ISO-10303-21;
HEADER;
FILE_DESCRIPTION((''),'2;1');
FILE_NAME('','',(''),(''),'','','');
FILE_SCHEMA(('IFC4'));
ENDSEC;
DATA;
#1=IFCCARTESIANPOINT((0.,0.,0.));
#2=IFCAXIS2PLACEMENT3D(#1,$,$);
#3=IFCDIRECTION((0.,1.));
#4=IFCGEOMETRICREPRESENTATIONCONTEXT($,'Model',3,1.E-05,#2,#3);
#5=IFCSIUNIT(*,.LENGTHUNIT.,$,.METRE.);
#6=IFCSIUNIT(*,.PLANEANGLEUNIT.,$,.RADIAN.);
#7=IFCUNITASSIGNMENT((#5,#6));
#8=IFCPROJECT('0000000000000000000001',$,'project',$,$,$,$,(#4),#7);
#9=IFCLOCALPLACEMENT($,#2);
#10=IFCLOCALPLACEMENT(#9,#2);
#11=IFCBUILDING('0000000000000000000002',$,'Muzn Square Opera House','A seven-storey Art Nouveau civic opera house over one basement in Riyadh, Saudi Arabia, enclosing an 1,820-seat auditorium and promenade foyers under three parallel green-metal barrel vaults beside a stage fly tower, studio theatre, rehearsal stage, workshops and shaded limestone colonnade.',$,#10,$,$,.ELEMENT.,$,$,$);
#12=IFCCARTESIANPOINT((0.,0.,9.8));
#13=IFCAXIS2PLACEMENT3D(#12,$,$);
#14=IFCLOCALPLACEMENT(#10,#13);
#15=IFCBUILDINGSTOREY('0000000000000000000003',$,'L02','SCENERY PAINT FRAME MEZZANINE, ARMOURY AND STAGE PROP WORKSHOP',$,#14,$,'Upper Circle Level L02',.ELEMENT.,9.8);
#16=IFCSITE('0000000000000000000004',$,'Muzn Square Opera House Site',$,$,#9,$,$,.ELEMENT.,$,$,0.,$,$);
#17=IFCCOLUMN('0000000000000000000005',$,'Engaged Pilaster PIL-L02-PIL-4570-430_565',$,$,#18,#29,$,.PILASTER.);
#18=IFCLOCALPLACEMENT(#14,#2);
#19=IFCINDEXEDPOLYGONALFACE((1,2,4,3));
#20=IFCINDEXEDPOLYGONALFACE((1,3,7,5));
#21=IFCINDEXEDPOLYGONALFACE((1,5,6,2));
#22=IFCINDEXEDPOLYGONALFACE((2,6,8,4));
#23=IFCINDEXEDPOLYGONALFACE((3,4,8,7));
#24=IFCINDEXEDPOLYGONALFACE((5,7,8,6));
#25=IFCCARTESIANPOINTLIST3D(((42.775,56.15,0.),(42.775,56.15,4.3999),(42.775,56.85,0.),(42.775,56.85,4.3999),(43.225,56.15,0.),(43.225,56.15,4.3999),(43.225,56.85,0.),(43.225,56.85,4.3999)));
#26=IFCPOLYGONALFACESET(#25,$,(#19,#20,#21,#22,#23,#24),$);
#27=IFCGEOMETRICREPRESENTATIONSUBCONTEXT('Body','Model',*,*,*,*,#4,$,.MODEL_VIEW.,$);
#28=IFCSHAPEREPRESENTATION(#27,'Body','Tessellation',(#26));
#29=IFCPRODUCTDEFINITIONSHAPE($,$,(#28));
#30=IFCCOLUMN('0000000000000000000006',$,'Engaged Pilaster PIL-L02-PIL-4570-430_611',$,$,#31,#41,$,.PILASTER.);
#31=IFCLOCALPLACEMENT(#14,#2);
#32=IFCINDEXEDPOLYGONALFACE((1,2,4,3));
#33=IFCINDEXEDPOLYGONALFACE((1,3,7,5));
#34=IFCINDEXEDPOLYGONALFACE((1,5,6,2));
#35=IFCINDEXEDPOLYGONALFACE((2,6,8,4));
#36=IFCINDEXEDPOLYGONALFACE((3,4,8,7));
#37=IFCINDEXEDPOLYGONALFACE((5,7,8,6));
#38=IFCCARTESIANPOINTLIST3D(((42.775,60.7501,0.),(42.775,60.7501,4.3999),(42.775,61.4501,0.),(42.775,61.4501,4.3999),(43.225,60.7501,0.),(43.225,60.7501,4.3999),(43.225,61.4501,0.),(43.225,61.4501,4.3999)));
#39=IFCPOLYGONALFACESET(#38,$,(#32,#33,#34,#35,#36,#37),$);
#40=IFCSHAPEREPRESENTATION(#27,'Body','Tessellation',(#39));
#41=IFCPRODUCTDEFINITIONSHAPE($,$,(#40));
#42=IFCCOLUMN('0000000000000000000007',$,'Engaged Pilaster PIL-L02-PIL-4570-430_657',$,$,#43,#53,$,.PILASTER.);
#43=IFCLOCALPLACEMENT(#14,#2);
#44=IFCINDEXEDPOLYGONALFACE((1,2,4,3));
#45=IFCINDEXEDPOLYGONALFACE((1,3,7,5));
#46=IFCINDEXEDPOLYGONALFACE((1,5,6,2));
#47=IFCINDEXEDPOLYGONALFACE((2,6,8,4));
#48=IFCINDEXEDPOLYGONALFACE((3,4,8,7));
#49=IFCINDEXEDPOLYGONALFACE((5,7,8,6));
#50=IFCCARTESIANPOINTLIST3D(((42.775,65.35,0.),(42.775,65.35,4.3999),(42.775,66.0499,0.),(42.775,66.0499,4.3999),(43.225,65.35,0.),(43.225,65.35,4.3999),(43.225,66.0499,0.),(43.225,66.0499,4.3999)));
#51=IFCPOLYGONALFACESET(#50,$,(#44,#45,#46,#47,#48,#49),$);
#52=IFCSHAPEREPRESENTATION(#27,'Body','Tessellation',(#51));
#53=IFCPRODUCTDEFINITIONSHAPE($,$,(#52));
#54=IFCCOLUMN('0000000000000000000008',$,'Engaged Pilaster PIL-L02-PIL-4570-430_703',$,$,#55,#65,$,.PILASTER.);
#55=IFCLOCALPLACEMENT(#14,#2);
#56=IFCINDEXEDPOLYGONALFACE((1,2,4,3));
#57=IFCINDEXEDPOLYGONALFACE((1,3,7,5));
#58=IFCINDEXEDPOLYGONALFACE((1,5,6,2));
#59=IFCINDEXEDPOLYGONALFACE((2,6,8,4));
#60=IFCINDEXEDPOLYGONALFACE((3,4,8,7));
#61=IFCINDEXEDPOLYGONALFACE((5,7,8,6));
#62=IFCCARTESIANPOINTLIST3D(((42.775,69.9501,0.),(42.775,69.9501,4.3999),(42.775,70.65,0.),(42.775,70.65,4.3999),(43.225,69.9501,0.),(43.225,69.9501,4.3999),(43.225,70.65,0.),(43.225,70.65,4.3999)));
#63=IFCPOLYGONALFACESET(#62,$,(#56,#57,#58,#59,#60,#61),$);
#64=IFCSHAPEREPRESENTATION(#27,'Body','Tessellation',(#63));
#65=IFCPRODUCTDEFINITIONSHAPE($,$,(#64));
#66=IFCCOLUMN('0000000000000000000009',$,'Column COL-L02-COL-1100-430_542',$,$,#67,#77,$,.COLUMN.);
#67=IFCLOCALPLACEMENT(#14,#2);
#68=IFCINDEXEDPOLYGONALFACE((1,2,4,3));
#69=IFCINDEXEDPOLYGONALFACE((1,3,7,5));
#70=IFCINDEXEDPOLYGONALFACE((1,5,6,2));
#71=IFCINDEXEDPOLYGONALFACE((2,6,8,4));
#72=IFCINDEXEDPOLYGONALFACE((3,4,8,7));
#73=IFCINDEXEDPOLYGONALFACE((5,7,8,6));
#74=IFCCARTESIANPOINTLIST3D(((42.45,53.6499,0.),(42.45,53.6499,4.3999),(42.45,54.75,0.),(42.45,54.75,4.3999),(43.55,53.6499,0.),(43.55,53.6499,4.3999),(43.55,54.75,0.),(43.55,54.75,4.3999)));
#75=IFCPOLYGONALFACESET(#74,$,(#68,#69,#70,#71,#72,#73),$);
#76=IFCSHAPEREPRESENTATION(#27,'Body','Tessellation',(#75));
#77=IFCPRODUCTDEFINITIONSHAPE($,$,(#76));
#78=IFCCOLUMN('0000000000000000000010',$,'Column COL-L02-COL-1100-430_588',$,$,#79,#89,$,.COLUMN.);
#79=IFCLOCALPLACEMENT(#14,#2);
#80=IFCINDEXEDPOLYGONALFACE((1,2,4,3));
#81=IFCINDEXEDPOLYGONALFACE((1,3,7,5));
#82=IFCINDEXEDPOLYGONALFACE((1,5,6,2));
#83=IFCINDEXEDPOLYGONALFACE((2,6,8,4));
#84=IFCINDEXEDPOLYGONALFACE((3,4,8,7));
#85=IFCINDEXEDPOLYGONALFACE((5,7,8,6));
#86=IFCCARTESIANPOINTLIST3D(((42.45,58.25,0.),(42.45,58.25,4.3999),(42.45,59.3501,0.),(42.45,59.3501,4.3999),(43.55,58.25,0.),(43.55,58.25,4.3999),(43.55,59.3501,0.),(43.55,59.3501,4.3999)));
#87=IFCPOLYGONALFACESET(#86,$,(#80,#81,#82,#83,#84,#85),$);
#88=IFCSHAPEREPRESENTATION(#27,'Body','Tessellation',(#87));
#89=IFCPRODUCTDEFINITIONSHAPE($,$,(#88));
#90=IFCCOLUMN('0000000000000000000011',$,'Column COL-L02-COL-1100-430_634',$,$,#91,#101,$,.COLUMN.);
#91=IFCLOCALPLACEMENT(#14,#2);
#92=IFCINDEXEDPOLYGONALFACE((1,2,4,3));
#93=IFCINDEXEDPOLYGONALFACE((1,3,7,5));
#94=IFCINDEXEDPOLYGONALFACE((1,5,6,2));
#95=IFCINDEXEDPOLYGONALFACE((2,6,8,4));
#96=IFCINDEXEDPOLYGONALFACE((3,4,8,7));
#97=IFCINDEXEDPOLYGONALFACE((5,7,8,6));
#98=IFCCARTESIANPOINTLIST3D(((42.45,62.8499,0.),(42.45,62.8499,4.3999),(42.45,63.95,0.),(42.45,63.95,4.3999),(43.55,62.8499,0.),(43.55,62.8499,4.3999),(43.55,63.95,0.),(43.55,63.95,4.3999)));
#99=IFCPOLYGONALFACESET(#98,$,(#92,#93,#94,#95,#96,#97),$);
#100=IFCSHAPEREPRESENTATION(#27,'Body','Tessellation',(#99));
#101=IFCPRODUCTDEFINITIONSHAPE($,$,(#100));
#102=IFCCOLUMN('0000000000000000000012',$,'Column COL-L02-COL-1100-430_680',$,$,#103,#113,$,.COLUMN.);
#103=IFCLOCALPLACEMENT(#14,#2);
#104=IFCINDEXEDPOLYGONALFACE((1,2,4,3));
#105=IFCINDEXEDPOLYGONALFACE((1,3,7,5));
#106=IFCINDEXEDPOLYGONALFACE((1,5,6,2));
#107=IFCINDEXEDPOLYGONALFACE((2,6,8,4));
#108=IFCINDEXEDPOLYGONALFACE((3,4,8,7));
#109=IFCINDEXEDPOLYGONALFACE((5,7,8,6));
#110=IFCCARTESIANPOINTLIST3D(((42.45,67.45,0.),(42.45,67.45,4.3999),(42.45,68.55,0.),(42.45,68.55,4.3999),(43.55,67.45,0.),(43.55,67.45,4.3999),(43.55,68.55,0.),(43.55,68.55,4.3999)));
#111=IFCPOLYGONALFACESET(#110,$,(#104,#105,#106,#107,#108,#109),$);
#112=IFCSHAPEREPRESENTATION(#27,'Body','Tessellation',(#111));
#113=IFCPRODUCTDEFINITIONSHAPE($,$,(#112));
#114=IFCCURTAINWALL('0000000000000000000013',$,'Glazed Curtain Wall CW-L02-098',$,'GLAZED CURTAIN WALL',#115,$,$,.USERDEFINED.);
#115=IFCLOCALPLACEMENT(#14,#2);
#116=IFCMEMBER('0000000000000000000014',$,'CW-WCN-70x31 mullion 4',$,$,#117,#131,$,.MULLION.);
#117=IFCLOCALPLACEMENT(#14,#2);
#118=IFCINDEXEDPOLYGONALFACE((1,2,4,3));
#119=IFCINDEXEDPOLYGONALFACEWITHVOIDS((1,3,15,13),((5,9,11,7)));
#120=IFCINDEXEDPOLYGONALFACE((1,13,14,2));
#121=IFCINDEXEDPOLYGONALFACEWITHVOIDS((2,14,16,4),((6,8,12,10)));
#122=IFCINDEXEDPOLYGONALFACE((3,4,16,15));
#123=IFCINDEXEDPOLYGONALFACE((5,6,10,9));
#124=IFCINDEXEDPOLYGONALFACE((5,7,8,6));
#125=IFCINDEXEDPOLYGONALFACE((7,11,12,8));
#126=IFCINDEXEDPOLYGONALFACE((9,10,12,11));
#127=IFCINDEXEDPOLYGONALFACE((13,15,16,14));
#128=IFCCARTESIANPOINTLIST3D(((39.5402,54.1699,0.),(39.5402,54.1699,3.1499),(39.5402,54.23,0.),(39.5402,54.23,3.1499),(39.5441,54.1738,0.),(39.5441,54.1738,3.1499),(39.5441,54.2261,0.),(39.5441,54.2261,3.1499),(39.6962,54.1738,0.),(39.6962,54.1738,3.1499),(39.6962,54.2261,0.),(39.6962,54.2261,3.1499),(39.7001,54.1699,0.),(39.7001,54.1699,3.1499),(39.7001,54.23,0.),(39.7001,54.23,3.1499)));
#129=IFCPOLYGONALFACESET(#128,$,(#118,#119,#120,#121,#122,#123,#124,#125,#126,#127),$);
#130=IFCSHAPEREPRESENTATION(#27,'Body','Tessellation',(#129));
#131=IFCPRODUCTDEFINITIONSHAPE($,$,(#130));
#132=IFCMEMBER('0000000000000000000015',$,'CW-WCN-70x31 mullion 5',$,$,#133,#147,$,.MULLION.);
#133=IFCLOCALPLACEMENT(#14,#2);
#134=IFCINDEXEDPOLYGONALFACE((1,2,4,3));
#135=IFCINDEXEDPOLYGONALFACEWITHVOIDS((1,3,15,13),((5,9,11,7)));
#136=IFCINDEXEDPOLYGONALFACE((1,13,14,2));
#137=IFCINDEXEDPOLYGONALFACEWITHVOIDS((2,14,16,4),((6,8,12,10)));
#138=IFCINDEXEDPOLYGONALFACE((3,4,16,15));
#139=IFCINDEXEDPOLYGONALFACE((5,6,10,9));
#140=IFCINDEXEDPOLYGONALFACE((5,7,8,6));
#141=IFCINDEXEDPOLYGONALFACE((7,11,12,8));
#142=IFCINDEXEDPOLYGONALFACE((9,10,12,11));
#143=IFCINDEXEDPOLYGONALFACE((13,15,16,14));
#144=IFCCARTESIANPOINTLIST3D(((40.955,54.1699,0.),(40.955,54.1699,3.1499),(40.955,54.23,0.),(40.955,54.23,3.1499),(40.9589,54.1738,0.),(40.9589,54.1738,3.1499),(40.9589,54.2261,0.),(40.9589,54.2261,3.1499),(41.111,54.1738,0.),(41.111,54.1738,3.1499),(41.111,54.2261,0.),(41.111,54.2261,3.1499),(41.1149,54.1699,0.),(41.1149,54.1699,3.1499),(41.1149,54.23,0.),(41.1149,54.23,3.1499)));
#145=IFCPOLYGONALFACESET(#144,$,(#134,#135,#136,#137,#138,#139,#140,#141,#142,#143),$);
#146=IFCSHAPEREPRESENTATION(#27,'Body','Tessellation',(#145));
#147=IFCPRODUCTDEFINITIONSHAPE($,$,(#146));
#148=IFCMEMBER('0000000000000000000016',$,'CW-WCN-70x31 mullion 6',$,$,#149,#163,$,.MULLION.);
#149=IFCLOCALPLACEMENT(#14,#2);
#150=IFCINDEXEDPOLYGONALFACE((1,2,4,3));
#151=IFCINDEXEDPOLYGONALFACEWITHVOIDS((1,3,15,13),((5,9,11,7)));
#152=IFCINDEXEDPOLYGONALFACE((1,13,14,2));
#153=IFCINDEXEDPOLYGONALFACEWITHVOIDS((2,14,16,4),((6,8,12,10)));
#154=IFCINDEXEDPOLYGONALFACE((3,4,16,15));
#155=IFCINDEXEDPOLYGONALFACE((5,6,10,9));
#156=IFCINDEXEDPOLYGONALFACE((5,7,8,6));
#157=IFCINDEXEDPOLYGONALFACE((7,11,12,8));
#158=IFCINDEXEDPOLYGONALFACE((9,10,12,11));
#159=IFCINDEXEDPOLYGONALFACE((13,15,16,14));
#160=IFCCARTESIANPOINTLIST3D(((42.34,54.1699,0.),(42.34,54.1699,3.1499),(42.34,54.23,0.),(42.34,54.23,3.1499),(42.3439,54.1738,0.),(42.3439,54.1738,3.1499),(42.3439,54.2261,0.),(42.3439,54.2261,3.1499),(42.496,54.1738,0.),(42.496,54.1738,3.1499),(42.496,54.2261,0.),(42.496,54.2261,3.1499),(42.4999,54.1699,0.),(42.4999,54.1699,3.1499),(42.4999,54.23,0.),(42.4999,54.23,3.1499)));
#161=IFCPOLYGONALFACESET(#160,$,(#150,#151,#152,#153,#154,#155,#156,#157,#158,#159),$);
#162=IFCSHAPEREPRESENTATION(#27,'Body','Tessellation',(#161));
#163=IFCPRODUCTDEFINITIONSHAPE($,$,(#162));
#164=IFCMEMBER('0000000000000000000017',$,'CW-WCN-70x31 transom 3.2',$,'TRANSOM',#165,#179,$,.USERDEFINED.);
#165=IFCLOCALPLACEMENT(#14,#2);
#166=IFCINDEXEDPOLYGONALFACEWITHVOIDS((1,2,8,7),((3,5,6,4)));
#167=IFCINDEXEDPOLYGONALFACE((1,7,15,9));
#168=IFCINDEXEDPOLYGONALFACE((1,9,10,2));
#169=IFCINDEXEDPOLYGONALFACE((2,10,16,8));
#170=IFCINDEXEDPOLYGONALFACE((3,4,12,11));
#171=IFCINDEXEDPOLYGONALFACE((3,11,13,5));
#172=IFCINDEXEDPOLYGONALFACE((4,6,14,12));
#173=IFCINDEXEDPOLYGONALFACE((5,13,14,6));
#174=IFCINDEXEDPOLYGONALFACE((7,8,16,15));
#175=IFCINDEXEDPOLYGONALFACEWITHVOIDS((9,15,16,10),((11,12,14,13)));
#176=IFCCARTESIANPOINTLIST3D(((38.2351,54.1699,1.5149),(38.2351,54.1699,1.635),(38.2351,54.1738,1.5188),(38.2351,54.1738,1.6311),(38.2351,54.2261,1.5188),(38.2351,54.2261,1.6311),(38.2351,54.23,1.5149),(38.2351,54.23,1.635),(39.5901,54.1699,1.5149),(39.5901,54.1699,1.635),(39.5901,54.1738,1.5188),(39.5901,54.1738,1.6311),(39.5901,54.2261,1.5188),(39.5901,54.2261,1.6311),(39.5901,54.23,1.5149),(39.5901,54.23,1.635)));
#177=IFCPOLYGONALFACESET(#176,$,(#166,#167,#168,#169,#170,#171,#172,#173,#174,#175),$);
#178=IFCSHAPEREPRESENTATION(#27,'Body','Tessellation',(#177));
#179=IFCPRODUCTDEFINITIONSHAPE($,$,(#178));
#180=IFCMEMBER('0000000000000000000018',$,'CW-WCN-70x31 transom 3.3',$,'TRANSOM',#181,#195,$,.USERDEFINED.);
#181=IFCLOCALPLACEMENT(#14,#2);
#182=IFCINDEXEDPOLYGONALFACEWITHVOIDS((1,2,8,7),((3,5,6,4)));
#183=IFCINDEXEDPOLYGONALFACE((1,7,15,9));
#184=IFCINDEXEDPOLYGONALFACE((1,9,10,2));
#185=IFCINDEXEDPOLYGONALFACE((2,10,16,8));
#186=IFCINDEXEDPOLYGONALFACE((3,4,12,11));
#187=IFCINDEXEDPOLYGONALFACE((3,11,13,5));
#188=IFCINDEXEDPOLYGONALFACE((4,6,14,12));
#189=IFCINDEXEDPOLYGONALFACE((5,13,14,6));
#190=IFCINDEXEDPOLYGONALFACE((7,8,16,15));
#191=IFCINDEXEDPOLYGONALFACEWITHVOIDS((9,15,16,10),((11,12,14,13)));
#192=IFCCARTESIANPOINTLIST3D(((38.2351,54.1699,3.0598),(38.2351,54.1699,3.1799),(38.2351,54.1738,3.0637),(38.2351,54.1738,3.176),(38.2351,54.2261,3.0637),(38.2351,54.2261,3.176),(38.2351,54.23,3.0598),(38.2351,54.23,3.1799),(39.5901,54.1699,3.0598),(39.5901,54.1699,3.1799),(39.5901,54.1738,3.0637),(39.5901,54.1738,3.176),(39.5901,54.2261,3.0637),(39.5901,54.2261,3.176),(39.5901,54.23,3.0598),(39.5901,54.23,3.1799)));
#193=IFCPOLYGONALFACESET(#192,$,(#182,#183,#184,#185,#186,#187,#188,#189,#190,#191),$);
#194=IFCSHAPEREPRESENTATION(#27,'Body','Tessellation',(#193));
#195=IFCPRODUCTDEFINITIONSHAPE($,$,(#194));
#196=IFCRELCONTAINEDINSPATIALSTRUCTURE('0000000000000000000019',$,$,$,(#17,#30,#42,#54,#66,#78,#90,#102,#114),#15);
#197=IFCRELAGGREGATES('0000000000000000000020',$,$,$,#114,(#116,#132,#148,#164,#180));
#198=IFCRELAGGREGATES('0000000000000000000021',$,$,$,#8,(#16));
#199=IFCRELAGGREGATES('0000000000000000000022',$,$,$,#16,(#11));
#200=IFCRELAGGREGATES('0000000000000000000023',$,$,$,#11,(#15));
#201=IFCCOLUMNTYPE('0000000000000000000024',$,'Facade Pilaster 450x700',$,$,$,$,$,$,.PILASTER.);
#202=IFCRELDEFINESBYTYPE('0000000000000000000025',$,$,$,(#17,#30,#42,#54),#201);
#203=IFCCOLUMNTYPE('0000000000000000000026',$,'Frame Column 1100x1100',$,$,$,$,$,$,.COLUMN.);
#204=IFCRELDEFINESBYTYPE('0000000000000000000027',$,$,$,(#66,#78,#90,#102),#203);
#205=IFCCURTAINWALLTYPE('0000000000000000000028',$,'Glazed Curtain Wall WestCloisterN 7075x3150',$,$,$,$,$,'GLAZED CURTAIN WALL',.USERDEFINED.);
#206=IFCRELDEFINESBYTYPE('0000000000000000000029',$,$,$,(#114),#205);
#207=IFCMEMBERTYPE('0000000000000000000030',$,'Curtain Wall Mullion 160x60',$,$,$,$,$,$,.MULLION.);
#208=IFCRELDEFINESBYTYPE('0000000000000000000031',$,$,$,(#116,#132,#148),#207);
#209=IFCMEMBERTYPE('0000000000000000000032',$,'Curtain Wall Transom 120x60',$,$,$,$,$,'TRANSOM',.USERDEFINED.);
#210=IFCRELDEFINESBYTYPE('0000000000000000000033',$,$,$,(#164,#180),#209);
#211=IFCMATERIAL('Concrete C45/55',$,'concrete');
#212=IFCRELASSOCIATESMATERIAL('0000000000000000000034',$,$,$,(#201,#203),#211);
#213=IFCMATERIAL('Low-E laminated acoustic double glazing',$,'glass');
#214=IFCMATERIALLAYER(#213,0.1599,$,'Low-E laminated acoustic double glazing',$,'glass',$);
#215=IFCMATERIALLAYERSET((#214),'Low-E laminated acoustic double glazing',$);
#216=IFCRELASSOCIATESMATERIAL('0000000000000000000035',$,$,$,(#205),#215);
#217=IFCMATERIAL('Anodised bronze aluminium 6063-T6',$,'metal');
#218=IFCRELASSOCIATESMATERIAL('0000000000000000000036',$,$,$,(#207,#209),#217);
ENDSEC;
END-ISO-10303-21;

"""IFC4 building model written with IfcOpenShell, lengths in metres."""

from ifc_helpers import new_model, si_unit, direction, frame, origin, origin_2d, place, context, subcontext, project, spatial, rectangle, hollow_rectangle, extrude, material, layer, layer_set, material_profile, profile_set, type_object, element, aggregate, save


model = new_model("IFC4")

# Units and contexts
model_context = context("Model", 3, precision=1e-05, world=origin(), true_north=direction((0.0, 1.0)))
body_context = subcontext(model_context, "Body", "Model", "MODEL_VIEW")
ifc_project = project(units=[si_unit("LENGTHUNIT", "METRE"), si_unit("PLANEANGLEUNIT", "RADIAN")], contexts=[model_context])

# Site, building, storey
site_placement = place(None, origin())
site = spatial("IfcSite", under=ifc_project, at=site_placement, Name="Muzn Square Opera House Site", CompositionType="ELEMENT", RefElevation=0.0)
building_placement = place(site_placement, origin())
building = spatial("IfcBuilding", under=site, at=building_placement, Name="Muzn Square Opera House", Description="A seven-storey Art Nouveau civic opera house over one basement in Riyadh, Saudi Arabia, enclosing an 1,820-seat auditorium and promenade foyers under three parallel green-metal barrel vaults beside a stage fly tower, studio theatre, rehearsal stage, workshops and shaded limestone colonnade.", CompositionType="ELEMENT")
storey_placement = place(building_placement, frame((0.0, 0.0, 9.8)))
storey = spatial("IfcBuildingStorey", under=building, at=storey_placement, Name="L02", Description="SCENERY PAINT FRAME MEZZANINE, ARMOURY AND STAGE PROP WORKSHOP", LongName="Upper Circle Level L02", CompositionType="ELEMENT", Elevation=9.8)

# Columns
ifc_material_1 = material(Name="Concrete C45/55", Category="concrete")
ifc_material_profile_1 = material_profile(ifc_material_1, rectangle(XDim=0.45, YDim=0.7, at=origin_2d()), Name="RC 450x700", Category="concrete")
ifc_profile_set_1 = profile_set([ifc_material_profile_1], Name="Concrete C45/55")
column_type_1 = type_object("IfcColumnType", Name="Facade Pilaster 450x700", PredefinedType="PILASTER", material=ifc_profile_set_1)
for number, where, z_axis, x_axis, name in (
    (1, (43.0, 56.5, 0.0), (0.0, 0.0, 1.0), (1.0, 0.0, 0.0), "Engaged Pilaster PIL-L02-PIL-4570-430_565"),
    (2, (43.0, 61.1001, 0.0), (0.0, 0.0, 1.0), (1.0, 0.0, 0.0), "Engaged Pilaster PIL-L02-PIL-4570-430_611"),
    (3, (43.0, 65.7, 0.0), (0.0, 0.0, 1.0), (1.0, 0.0, 0.0), "Engaged Pilaster PIL-L02-PIL-4570-430_657"),
    (4, (43.0, 70.3, 0.0), (0.0, 0.0, 1.0), (1.0, 0.0, 0.0), "Engaged Pilaster PIL-L02-PIL-4570-430_703"),
):
    element("IfcColumn", number, at=place(storey_placement, frame(where, z_axis=z_axis, x_axis=x_axis)), inside=storey, type_object=column_type_1, Name=name, PredefinedType="PILASTER", context=body_context, shape_type="SweptSolid", body=[
        extrude(rectangle(XDim=0.45, YDim=0.7, at=origin_2d()), origin(), (0.0, 0.0, 1.0), 4.3999),
    ])
ifc_material_profile_2 = material_profile(ifc_material_1, rectangle(XDim=1.1001, YDim=1.1001, at=origin_2d()), Name="RC 1100x1100", Category="concrete")
ifc_profile_set_2 = profile_set([ifc_material_profile_2], Name="Concrete C45/55")
column_type_2 = type_object("IfcColumnType", Name="Frame Column 1100x1100", PredefinedType="COLUMN", material=ifc_profile_set_2)
for number, where, z_axis, x_axis, name in (
    (5, (43.0, 54.2, 0.0), (0.0, 0.0, 1.0), (1.0, 0.0, 0.0), "Column COL-L02-COL-1100-430_542"),
    (6, (43.0, 58.8, 0.0), (0.0, 0.0, 1.0), (1.0, 0.0, 0.0), "Column COL-L02-COL-1100-430_588"),
    (7, (43.0, 63.3999, 0.0), (0.0, 0.0, 1.0), (1.0, 0.0, 0.0), "Column COL-L02-COL-1100-430_634"),
    (8, (43.0, 68.0, 0.0), (0.0, 0.0, 1.0), (1.0, 0.0, 0.0), "Column COL-L02-COL-1100-430_680"),
):
    element("IfcColumn", number, at=place(storey_placement, frame(where, z_axis=z_axis, x_axis=x_axis)), inside=storey, type_object=column_type_2, Name=name, PredefinedType="COLUMN", context=body_context, shape_type="SweptSolid", body=[
        extrude(rectangle(XDim=1.1001, YDim=1.1001, at=origin_2d()), origin(), (0.0, 0.0, 1.0), 4.3999),
    ])

# Curtain wall, members
ifc_material_2 = material(Name="Low-E laminated acoustic double glazing", Category="glass")
ifc_layer_1 = layer(ifc_material_2, 0.1599, Name="Low-E laminated acoustic double glazing", Category="glass")
ifc_layer_set_1 = layer_set([ifc_layer_1], Name="Low-E laminated acoustic double glazing")
curtain_wall_type = type_object("IfcCurtainWallType", Name="Glazed Curtain Wall WestCloisterN 7075x3150", ElementType="GLAZED CURTAIN WALL", PredefinedType="USERDEFINED", material=ifc_layer_set_1)
curtain_wall_placement = place(storey_placement, origin())
curtain_wall = element("IfcCurtainWall", 9, at=curtain_wall_placement, inside=storey, type_object=curtain_wall_type, Name="Glazed Curtain Wall CW-L02-098", ObjectType="GLAZED CURTAIN WALL", PredefinedType="USERDEFINED")
ifc_material_3 = material(Name="Anodised bronze aluminium 6063-T6", Category="metal")
ifc_material_profile_3 = material_profile(ifc_material_3, hollow_rectangle(XDim=0.0601, YDim=0.1599, WallThickness=0.0039, at=origin_2d()), Name="ALU 160x60x4", Category="metal")
ifc_profile_set_3 = profile_set([ifc_material_profile_3], Name="Anodised bronze aluminium 6063-T6")
member_type_1 = type_object("IfcMemberType", Name="Curtain Wall Mullion 160x60", PredefinedType="MULLION", material=ifc_profile_set_3)
member_1_placement = place(storey_placement, frame((39.6201, 54.2, 0.0), z_axis=(0.0, 0.0, 1.0), x_axis=(0.0, 1.0, 0.0)))
member_1 = element("IfcMember", 10, at=member_1_placement, type_object=member_type_1, Name="CW-WCN-70x31 mullion 4", PredefinedType="MULLION", context=body_context, shape_type="SweptSolid", body=[
    extrude(hollow_rectangle(XDim=0.0601, YDim=0.1599, WallThickness=0.0039, at=origin_2d()), origin(), (0.0, 0.0, 1.0), 3.1499),
])
member_2_placement = place(storey_placement, frame((41.0349, 54.2, 0.0), z_axis=(0.0, 0.0, 1.0), x_axis=(0.0, 1.0, 0.0)))
member_2 = element("IfcMember", 11, at=member_2_placement, type_object=member_type_1, Name="CW-WCN-70x31 mullion 5", PredefinedType="MULLION", context=body_context, shape_type="SweptSolid", body=[
    extrude(hollow_rectangle(XDim=0.0601, YDim=0.1599, WallThickness=0.0039, at=origin_2d()), origin(), (0.0, 0.0, 1.0), 3.1499),
])
member_3_placement = place(storey_placement, frame((42.4199, 54.2, 0.0), z_axis=(0.0, 0.0, 1.0), x_axis=(0.0, 1.0, 0.0)))
member_3 = element("IfcMember", 12, at=member_3_placement, type_object=member_type_1, Name="CW-WCN-70x31 mullion 6", PredefinedType="MULLION", context=body_context, shape_type="SweptSolid", body=[
    extrude(hollow_rectangle(XDim=0.0601, YDim=0.1599, WallThickness=0.0039, at=origin_2d()), origin(), (0.0, 0.0, 1.0), 3.1499),
])
ifc_material_profile_4 = material_profile(ifc_material_3, hollow_rectangle(XDim=0.0601, YDim=0.1201, WallThickness=0.0039, at=origin_2d()), Name="ALU 120x60x4", Category="metal")
ifc_profile_set_4 = profile_set([ifc_material_profile_4], Name="Anodised bronze aluminium 6063-T6")
member_type_2 = type_object("IfcMemberType", Name="Curtain Wall Transom 120x60", ElementType="TRANSOM", PredefinedType="USERDEFINED", material=ifc_profile_set_4)
member_4_placement = place(storey_placement, frame((38.2351, 54.2, 1.575), z_axis=(1.0, 0.0, 0.0), x_axis=(0.0, 1.0, 0.0)))
member_4 = element("IfcMember", 13, at=member_4_placement, type_object=member_type_2, Name="CW-WCN-70x31 transom 3.2", ObjectType="TRANSOM", PredefinedType="USERDEFINED", context=body_context, shape_type="SweptSolid", body=[
    extrude(hollow_rectangle(XDim=0.0601, YDim=0.1201, WallThickness=0.0039, at=origin_2d()), origin(), (0.0, 0.0, 1.0), 1.355),
])
member_5_placement = place(storey_placement, frame((38.2351, 54.2, 3.1199), z_axis=(1.0, 0.0, 0.0), x_axis=(0.0, 1.0, 0.0)))
member_5 = element("IfcMember", 14, at=member_5_placement, type_object=member_type_2, Name="CW-WCN-70x31 transom 3.3", ObjectType="TRANSOM", PredefinedType="USERDEFINED", context=body_context, shape_type="SweptSolid", body=[
    extrude(hollow_rectangle(XDim=0.0601, YDim=0.1201, WallThickness=0.0039, at=origin_2d()), origin(), (0.0, 0.0, 1.0), 1.355),
])

aggregate(curtain_wall, [member_1, member_2, member_3, member_4, member_5])

save(model, "model.ifc")
